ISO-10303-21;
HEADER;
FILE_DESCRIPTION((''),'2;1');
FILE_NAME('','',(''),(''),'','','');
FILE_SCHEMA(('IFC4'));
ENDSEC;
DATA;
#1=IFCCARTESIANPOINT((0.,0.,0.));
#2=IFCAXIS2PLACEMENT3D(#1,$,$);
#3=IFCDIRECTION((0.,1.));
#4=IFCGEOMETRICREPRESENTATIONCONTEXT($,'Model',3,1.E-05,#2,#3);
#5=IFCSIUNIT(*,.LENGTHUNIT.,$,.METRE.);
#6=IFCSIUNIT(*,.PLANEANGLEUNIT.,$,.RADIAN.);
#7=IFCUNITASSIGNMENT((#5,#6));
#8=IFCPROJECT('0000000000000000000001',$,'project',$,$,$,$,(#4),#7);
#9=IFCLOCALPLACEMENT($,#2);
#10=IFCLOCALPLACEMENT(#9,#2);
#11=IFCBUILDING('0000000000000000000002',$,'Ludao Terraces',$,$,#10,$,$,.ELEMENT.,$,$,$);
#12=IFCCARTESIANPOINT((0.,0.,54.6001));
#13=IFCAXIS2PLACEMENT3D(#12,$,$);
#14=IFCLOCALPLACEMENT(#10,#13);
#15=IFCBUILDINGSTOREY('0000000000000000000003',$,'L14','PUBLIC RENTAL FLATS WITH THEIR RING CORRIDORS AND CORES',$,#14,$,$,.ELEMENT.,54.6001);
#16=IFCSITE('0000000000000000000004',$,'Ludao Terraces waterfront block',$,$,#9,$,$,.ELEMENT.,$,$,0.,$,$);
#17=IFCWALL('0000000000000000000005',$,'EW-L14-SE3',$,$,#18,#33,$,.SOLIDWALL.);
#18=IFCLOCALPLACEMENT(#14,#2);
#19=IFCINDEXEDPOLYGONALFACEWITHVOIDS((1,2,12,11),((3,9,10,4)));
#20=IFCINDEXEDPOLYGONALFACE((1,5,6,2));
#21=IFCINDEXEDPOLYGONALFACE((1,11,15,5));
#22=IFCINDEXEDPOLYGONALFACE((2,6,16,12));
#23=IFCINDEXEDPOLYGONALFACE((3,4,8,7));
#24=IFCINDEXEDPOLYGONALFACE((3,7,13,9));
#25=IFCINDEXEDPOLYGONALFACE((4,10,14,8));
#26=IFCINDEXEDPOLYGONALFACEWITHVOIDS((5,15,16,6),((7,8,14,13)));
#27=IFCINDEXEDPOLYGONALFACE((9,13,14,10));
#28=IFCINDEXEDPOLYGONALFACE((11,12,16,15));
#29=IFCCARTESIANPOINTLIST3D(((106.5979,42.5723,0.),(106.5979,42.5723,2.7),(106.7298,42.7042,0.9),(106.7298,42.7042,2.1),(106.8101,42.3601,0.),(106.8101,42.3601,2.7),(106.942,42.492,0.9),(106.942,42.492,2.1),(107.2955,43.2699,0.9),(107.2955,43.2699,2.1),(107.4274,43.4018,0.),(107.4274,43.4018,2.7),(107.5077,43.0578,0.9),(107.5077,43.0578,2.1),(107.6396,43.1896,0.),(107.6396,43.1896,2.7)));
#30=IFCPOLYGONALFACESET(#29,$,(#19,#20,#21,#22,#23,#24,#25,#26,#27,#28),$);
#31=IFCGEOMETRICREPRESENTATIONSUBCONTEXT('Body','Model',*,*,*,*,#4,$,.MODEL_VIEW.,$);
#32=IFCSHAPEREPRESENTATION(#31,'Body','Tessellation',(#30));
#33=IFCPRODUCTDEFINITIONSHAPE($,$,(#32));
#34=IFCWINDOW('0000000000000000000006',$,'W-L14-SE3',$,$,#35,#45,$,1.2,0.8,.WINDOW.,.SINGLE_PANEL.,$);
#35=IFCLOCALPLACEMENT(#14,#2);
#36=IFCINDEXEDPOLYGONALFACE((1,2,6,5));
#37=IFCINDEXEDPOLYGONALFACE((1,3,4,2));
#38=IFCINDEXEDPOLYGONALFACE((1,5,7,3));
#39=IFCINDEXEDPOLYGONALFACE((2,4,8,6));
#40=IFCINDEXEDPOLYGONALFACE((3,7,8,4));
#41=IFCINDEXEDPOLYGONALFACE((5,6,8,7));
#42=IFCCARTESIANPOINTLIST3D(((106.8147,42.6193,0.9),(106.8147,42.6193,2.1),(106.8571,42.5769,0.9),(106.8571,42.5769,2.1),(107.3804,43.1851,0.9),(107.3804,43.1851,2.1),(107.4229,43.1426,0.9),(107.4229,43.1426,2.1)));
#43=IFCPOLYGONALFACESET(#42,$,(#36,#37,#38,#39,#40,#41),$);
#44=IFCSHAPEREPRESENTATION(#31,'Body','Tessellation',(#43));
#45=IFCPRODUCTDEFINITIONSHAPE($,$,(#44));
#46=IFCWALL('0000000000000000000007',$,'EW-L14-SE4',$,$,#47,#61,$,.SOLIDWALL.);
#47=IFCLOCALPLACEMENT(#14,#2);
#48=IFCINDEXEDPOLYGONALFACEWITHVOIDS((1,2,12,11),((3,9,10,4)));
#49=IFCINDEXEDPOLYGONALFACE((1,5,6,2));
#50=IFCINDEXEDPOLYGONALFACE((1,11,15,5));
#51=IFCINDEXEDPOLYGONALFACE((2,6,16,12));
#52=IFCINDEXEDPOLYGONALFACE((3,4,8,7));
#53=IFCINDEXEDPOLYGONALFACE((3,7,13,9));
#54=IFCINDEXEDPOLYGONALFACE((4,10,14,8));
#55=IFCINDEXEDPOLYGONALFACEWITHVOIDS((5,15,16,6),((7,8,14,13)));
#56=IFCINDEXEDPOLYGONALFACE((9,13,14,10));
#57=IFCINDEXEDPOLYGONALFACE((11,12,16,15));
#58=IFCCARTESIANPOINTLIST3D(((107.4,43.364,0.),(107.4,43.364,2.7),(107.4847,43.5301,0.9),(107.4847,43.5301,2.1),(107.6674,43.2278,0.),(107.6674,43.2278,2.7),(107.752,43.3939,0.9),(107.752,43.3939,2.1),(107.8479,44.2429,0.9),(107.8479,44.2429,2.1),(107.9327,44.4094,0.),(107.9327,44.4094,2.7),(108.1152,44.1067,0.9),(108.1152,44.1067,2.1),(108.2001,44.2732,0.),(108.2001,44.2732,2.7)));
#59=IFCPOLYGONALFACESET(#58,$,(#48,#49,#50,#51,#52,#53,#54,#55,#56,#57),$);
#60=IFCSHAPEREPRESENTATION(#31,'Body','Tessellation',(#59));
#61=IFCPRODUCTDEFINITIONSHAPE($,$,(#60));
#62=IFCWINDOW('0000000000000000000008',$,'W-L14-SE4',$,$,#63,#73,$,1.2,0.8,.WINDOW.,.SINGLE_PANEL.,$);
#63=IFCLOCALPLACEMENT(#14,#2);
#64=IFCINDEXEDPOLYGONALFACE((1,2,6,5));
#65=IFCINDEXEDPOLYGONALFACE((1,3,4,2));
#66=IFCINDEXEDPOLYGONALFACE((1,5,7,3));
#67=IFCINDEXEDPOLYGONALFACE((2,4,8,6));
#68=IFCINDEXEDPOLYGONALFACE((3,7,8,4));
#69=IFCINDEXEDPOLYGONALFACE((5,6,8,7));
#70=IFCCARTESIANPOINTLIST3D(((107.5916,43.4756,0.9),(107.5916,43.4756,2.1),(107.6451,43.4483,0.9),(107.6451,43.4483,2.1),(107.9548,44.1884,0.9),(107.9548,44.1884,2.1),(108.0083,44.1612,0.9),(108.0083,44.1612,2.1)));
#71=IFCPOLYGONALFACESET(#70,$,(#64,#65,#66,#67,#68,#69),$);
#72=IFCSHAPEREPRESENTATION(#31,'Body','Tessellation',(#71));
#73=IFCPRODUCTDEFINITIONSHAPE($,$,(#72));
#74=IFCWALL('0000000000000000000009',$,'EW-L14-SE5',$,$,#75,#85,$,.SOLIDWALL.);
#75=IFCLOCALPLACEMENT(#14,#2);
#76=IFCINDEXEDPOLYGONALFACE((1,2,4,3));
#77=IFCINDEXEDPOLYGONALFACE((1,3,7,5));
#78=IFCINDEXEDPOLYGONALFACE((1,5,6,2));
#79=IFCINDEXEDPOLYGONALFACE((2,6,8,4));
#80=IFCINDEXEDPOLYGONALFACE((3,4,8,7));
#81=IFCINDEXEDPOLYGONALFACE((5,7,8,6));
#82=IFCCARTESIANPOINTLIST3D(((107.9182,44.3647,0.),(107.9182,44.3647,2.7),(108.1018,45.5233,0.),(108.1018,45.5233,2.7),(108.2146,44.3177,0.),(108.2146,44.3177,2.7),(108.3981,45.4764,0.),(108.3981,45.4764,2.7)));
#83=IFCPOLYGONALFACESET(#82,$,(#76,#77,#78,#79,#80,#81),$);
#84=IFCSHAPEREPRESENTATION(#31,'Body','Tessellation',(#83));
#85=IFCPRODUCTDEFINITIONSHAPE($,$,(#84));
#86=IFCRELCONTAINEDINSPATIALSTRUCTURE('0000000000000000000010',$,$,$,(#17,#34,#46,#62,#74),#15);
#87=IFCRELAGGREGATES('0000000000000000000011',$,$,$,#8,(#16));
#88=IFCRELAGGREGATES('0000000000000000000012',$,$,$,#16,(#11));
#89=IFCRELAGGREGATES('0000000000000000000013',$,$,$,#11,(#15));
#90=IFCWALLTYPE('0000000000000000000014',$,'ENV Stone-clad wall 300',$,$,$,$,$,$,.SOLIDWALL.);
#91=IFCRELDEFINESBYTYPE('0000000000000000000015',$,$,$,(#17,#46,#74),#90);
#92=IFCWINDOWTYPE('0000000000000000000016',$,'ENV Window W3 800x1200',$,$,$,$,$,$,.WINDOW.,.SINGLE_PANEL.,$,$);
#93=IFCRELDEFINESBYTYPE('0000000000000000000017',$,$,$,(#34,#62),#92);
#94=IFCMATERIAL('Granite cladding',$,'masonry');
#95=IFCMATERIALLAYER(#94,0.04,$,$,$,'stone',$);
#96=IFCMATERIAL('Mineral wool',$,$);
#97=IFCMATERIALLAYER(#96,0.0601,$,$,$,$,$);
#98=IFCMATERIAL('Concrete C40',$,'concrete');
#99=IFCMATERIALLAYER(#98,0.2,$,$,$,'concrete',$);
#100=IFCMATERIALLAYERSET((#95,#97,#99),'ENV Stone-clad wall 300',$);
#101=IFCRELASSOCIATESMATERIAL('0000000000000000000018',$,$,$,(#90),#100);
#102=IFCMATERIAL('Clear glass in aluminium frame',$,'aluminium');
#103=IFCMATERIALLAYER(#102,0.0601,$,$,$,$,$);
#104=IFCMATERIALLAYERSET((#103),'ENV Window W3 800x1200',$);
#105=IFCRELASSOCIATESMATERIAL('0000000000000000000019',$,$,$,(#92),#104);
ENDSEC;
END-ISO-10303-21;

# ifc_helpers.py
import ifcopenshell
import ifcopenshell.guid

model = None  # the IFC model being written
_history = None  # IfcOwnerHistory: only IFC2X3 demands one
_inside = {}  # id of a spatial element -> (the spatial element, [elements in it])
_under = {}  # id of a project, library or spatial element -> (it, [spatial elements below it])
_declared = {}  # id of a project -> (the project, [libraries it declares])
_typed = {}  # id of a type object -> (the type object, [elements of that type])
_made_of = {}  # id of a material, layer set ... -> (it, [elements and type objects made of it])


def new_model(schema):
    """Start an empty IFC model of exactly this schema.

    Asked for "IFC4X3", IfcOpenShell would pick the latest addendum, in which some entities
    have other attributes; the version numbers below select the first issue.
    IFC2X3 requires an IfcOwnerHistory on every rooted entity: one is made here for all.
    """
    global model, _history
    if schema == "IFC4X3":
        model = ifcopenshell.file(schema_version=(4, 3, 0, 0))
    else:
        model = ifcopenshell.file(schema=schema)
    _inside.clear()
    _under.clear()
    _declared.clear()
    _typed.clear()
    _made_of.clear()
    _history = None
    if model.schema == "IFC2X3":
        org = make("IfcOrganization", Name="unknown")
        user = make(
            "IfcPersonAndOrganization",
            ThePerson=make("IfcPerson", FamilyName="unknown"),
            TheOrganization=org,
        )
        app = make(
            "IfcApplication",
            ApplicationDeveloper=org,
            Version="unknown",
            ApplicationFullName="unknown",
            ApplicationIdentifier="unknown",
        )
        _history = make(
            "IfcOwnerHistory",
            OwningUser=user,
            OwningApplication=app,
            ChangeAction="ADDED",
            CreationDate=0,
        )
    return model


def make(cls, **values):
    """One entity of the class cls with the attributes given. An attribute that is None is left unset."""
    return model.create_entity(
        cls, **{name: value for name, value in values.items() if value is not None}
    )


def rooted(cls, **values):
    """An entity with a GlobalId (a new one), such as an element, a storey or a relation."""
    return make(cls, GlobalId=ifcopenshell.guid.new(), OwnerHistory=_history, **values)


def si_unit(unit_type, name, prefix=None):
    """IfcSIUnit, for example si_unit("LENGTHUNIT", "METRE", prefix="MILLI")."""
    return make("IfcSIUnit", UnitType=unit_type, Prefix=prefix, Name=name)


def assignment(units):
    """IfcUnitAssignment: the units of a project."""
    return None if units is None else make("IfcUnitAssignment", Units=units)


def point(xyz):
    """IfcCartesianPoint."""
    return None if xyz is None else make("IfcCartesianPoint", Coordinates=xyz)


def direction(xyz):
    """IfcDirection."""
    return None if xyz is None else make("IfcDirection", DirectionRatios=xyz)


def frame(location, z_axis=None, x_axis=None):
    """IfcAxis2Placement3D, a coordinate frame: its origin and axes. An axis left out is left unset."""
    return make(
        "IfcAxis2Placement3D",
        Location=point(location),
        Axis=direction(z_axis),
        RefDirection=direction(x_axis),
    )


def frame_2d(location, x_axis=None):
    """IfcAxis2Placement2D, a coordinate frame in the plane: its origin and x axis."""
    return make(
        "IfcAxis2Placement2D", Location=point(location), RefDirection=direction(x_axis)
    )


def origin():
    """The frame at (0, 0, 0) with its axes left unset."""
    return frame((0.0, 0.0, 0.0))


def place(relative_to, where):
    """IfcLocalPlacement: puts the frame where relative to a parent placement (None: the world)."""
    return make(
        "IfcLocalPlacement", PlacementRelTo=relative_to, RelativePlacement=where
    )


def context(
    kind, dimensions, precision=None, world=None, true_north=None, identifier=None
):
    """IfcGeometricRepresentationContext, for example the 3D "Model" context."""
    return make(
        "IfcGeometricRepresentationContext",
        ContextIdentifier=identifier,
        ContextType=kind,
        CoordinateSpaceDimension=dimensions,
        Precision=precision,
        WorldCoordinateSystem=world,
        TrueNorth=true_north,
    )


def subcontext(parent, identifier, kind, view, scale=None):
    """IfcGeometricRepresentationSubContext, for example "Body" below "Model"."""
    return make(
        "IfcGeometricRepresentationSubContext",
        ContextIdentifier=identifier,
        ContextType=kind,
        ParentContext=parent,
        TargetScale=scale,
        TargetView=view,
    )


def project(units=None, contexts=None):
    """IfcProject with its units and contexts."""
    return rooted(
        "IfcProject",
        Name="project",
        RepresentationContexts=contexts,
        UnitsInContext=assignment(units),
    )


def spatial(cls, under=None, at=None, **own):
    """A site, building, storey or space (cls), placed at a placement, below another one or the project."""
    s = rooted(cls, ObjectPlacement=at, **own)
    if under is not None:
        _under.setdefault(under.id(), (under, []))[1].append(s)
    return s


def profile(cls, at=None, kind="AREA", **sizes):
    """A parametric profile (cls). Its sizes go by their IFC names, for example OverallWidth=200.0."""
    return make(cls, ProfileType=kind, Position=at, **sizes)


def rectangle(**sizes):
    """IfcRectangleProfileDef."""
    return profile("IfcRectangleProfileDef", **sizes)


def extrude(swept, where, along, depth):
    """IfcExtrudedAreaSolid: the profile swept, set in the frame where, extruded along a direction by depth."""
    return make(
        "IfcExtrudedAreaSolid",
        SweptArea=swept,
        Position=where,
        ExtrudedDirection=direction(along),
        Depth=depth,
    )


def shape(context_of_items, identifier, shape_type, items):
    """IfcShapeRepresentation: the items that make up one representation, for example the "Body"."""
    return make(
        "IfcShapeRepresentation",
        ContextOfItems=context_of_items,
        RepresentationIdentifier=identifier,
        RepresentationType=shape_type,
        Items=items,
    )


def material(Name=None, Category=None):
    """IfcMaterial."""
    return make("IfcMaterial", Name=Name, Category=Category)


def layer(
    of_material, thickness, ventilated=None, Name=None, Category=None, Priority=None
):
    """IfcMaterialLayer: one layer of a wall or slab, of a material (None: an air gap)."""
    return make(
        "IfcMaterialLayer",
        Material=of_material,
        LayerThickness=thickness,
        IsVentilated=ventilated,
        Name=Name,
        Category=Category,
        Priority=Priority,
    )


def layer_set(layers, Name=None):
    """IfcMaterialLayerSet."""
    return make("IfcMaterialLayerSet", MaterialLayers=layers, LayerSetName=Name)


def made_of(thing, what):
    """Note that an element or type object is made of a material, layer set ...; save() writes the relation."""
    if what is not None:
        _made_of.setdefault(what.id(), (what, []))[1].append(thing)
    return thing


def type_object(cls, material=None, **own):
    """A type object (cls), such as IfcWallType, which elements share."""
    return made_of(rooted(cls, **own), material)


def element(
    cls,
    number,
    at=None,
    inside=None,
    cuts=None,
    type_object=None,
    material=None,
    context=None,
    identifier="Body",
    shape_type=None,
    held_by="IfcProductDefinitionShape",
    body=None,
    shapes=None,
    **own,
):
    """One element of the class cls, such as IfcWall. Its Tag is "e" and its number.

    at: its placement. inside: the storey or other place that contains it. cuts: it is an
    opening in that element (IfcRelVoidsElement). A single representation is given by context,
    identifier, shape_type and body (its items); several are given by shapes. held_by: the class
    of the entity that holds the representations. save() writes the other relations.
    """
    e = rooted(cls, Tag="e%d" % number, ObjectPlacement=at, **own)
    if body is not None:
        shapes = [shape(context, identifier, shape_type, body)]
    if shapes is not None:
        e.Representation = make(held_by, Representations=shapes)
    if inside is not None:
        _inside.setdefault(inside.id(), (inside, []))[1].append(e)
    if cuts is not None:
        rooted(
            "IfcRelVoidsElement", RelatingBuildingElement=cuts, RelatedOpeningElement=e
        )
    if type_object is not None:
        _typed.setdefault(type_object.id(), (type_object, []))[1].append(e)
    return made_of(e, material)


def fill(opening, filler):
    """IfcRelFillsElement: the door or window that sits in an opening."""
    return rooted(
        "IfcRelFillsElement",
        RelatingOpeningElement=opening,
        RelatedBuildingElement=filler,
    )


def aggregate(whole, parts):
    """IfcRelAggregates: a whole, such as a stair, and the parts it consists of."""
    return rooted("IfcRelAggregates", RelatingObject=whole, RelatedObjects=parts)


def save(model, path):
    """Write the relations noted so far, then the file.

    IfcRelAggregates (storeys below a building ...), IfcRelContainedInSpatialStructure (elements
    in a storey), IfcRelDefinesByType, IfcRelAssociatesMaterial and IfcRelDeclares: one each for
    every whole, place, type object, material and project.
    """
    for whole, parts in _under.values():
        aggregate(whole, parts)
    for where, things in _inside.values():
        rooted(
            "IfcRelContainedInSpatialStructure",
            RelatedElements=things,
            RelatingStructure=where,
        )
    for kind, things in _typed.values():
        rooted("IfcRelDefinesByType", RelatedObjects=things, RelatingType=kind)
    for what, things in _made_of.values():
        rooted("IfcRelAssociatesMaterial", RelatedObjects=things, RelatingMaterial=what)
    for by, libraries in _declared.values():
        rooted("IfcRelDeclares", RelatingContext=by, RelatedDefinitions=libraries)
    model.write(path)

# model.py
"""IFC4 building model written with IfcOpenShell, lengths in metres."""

from ifc_helpers import new_model, si_unit, direction, frame, frame_2d, origin, place, context, subcontext, project, spatial, rectangle, extrude, material, layer, layer_set, type_object, element, fill, save


model = new_model("IFC4")

# Units and contexts
model_context = context("Model", 3, precision=1e-05, world=origin(), true_north=direction((0.0, 1.0)))
body_context = subcontext(model_context, "Body", "Model", "MODEL_VIEW")
ifc_project = project(units=[si_unit("LENGTHUNIT", "METRE"), si_unit("PLANEANGLEUNIT", "RADIAN")], contexts=[model_context])

# Site, building, storey
site_placement = place(None, origin())
site = spatial("IfcSite", under=ifc_project, at=site_placement, Name="Ludao Terraces waterfront block", CompositionType="ELEMENT", RefElevation=0.0)
building_placement = place(site_placement, origin())
building = spatial("IfcBuilding", under=site, at=building_placement, Name="Ludao Terraces", CompositionType="ELEMENT")
storey_placement = place(building_placement, frame((0.0, 0.0, 54.6001)))
storey = spatial("IfcBuildingStorey", under=building, at=storey_placement, Name="L14", Description="PUBLIC RENTAL FLATS WITH THEIR RING CORRIDORS AND CORES", CompositionType="ELEMENT", Elevation=54.6001)

# Shared definitions
ifc_material_1 = material(Name="Concrete C40", Category="concrete")

# Walls, openings, windows
ifc_material_2 = material(Name="Granite cladding", Category="masonry")
ifc_layer_1 = layer(ifc_material_2, 0.04, Category="stone")
ifc_material_3 = material(Name="Mineral wool")
ifc_layer_2 = layer(ifc_material_3, 0.0601)
ifc_layer_3 = layer(ifc_material_1, 0.2, Category="concrete")
ifc_layer_set_1 = layer_set([ifc_layer_1, ifc_layer_2, ifc_layer_3], Name="ENV Stone-clad wall 300")
wall_type_1 = type_object("IfcWallType", Name="ENV Stone-clad wall 300", PredefinedType="SOLIDWALL", material=ifc_layer_set_1)
ifc_material_4 = material(Name="Clear glass in aluminium frame", Category="aluminium")
ifc_layer_4 = layer(ifc_material_4, 0.0601)
ifc_layer_set_2 = layer_set([ifc_layer_4], Name="ENV Window W3 800x1200")
window_type_1 = type_object("IfcWindowType", Name="ENV Window W3 800x1200", PartitioningType="SINGLE_PANEL", PredefinedType="WINDOW", material=ifc_layer_set_2)
wall_1_placement = place(storey_placement, frame((106.7041, 42.4663, 0.0), z_axis=(0.0, 0.0, 1.0), x_axis=(0.707107, 0.707107, 0.0)))
wall_1 = element("IfcWall", 1, at=wall_1_placement, inside=storey, type_object=wall_type_1, Name="EW-L14-SE3", PredefinedType="SOLIDWALL", context=body_context, shape_type="SweptSolid", body=[
    extrude(rectangle(XDim=1.1731, YDim=0.3, at=frame_2d((0.5864, 0.0))), origin(), (0.0, 0.0, 1.0), 2.7),
])
opening_1_placement = place(wall_1_placement, frame((0.1865, 0.0, 0.8999)))
opening_1 = element("IfcOpeningElement", 2, at=opening_1_placement, cuts=wall_1, PredefinedType="OPENING", context=body_context, shape_type="SweptSolid", body=[
    extrude(rectangle(XDim=0.8, YDim=1.2, at=frame_2d((0.3999, 0.6001))), frame((0.0, 0.1602, 0.0), z_axis=(0.0, -1.0, 0.0), x_axis=(1.0, 0.0, 0.0)), (0.0, 0.0, 1.0), 0.3201),
])
window_1_placement = place(opening_1_placement, origin())
window_1 = element("IfcWindow", 3, at=window_1_placement, inside=storey, type_object=window_type_1, Name="W-L14-SE3", OverallHeight=1.2, OverallWidth=0.8, PartitioningType="SINGLE_PANEL", PredefinedType="WINDOW", context=body_context, shape_type="SweptSolid", body=[
    extrude(rectangle(XDim=0.8, YDim=1.2, at=frame_2d((0.3999, 0.6001))), frame((0.0, 0.03, 0.0), z_axis=(0.0, -1.0, 0.0), x_axis=(1.0, 0.0, 0.0)), (0.0, 0.0, 1.0), 0.0601),
])
fill(opening_1, window_1)
wall_2_placement = place(storey_placement, frame((107.5337, 43.2959, 0.0), z_axis=(0.0, 0.0, 1.0), x_axis=(0.454026, 0.890989, 0.0)))
wall_2 = element("IfcWall", 4, at=wall_2_placement, inside=storey, type_object=wall_type_1, Name="EW-L14-SE4", PredefinedType="SOLIDWALL", context=body_context, shape_type="SweptSolid", body=[
    extrude(rectangle(XDim=1.1733, YDim=0.3, at=frame_2d((0.5867, 0.0))), origin(), (0.0, 0.0, 1.0), 2.7),
])
opening_2_placement = place(wall_2_placement, frame((0.1865, 0.0, 0.8999)))
opening_2 = element("IfcOpeningElement", 5, at=opening_2_placement, cuts=wall_2, PredefinedType="OPENING", context=body_context, shape_type="SweptSolid", body=[
    extrude(rectangle(XDim=0.8, YDim=1.2, at=frame_2d((0.3999, 0.6001))), frame((0.0, 0.1602, 0.0), z_axis=(0.0, -1.0, 0.0), x_axis=(1.0, 0.0, 0.0)), (0.0, 0.0, 1.0), 0.3201),
])
window_2_placement = place(opening_2_placement, origin())
window_2 = element("IfcWindow", 6, at=window_2_placement, inside=storey, type_object=window_type_1, Name="W-L14-SE4", OverallHeight=1.2, OverallWidth=0.8, PartitioningType="SINGLE_PANEL", PredefinedType="WINDOW", context=body_context, shape_type="SweptSolid", body=[
    extrude(rectangle(XDim=0.8, YDim=1.2, at=frame_2d((0.3999, 0.6001))), frame((0.0, 0.03, 0.0), z_axis=(0.0, -1.0, 0.0), x_axis=(1.0, 0.0, 0.0)), (0.0, 0.0, 1.0), 0.0601),
])
fill(opening_2, window_2)

# Wall
wall_3_placement = place(storey_placement, frame((108.0664, 44.3413, 0.0), z_axis=(0.0, 0.0, 1.0), x_axis=(0.156497, 0.987678, 0.0)))
element("IfcWall", 7, at=wall_3_placement, inside=storey, type_object=wall_type_1, Name="EW-L14-SE5", PredefinedType="SOLIDWALL", context=body_context, shape_type="SweptSolid", body=[
    extrude(rectangle(XDim=1.1731, YDim=0.3, at=frame_2d((0.5864, 0.0))), origin(), (0.0, 0.0, 1.0), 2.7),
])

save(model, "model.ifc")
